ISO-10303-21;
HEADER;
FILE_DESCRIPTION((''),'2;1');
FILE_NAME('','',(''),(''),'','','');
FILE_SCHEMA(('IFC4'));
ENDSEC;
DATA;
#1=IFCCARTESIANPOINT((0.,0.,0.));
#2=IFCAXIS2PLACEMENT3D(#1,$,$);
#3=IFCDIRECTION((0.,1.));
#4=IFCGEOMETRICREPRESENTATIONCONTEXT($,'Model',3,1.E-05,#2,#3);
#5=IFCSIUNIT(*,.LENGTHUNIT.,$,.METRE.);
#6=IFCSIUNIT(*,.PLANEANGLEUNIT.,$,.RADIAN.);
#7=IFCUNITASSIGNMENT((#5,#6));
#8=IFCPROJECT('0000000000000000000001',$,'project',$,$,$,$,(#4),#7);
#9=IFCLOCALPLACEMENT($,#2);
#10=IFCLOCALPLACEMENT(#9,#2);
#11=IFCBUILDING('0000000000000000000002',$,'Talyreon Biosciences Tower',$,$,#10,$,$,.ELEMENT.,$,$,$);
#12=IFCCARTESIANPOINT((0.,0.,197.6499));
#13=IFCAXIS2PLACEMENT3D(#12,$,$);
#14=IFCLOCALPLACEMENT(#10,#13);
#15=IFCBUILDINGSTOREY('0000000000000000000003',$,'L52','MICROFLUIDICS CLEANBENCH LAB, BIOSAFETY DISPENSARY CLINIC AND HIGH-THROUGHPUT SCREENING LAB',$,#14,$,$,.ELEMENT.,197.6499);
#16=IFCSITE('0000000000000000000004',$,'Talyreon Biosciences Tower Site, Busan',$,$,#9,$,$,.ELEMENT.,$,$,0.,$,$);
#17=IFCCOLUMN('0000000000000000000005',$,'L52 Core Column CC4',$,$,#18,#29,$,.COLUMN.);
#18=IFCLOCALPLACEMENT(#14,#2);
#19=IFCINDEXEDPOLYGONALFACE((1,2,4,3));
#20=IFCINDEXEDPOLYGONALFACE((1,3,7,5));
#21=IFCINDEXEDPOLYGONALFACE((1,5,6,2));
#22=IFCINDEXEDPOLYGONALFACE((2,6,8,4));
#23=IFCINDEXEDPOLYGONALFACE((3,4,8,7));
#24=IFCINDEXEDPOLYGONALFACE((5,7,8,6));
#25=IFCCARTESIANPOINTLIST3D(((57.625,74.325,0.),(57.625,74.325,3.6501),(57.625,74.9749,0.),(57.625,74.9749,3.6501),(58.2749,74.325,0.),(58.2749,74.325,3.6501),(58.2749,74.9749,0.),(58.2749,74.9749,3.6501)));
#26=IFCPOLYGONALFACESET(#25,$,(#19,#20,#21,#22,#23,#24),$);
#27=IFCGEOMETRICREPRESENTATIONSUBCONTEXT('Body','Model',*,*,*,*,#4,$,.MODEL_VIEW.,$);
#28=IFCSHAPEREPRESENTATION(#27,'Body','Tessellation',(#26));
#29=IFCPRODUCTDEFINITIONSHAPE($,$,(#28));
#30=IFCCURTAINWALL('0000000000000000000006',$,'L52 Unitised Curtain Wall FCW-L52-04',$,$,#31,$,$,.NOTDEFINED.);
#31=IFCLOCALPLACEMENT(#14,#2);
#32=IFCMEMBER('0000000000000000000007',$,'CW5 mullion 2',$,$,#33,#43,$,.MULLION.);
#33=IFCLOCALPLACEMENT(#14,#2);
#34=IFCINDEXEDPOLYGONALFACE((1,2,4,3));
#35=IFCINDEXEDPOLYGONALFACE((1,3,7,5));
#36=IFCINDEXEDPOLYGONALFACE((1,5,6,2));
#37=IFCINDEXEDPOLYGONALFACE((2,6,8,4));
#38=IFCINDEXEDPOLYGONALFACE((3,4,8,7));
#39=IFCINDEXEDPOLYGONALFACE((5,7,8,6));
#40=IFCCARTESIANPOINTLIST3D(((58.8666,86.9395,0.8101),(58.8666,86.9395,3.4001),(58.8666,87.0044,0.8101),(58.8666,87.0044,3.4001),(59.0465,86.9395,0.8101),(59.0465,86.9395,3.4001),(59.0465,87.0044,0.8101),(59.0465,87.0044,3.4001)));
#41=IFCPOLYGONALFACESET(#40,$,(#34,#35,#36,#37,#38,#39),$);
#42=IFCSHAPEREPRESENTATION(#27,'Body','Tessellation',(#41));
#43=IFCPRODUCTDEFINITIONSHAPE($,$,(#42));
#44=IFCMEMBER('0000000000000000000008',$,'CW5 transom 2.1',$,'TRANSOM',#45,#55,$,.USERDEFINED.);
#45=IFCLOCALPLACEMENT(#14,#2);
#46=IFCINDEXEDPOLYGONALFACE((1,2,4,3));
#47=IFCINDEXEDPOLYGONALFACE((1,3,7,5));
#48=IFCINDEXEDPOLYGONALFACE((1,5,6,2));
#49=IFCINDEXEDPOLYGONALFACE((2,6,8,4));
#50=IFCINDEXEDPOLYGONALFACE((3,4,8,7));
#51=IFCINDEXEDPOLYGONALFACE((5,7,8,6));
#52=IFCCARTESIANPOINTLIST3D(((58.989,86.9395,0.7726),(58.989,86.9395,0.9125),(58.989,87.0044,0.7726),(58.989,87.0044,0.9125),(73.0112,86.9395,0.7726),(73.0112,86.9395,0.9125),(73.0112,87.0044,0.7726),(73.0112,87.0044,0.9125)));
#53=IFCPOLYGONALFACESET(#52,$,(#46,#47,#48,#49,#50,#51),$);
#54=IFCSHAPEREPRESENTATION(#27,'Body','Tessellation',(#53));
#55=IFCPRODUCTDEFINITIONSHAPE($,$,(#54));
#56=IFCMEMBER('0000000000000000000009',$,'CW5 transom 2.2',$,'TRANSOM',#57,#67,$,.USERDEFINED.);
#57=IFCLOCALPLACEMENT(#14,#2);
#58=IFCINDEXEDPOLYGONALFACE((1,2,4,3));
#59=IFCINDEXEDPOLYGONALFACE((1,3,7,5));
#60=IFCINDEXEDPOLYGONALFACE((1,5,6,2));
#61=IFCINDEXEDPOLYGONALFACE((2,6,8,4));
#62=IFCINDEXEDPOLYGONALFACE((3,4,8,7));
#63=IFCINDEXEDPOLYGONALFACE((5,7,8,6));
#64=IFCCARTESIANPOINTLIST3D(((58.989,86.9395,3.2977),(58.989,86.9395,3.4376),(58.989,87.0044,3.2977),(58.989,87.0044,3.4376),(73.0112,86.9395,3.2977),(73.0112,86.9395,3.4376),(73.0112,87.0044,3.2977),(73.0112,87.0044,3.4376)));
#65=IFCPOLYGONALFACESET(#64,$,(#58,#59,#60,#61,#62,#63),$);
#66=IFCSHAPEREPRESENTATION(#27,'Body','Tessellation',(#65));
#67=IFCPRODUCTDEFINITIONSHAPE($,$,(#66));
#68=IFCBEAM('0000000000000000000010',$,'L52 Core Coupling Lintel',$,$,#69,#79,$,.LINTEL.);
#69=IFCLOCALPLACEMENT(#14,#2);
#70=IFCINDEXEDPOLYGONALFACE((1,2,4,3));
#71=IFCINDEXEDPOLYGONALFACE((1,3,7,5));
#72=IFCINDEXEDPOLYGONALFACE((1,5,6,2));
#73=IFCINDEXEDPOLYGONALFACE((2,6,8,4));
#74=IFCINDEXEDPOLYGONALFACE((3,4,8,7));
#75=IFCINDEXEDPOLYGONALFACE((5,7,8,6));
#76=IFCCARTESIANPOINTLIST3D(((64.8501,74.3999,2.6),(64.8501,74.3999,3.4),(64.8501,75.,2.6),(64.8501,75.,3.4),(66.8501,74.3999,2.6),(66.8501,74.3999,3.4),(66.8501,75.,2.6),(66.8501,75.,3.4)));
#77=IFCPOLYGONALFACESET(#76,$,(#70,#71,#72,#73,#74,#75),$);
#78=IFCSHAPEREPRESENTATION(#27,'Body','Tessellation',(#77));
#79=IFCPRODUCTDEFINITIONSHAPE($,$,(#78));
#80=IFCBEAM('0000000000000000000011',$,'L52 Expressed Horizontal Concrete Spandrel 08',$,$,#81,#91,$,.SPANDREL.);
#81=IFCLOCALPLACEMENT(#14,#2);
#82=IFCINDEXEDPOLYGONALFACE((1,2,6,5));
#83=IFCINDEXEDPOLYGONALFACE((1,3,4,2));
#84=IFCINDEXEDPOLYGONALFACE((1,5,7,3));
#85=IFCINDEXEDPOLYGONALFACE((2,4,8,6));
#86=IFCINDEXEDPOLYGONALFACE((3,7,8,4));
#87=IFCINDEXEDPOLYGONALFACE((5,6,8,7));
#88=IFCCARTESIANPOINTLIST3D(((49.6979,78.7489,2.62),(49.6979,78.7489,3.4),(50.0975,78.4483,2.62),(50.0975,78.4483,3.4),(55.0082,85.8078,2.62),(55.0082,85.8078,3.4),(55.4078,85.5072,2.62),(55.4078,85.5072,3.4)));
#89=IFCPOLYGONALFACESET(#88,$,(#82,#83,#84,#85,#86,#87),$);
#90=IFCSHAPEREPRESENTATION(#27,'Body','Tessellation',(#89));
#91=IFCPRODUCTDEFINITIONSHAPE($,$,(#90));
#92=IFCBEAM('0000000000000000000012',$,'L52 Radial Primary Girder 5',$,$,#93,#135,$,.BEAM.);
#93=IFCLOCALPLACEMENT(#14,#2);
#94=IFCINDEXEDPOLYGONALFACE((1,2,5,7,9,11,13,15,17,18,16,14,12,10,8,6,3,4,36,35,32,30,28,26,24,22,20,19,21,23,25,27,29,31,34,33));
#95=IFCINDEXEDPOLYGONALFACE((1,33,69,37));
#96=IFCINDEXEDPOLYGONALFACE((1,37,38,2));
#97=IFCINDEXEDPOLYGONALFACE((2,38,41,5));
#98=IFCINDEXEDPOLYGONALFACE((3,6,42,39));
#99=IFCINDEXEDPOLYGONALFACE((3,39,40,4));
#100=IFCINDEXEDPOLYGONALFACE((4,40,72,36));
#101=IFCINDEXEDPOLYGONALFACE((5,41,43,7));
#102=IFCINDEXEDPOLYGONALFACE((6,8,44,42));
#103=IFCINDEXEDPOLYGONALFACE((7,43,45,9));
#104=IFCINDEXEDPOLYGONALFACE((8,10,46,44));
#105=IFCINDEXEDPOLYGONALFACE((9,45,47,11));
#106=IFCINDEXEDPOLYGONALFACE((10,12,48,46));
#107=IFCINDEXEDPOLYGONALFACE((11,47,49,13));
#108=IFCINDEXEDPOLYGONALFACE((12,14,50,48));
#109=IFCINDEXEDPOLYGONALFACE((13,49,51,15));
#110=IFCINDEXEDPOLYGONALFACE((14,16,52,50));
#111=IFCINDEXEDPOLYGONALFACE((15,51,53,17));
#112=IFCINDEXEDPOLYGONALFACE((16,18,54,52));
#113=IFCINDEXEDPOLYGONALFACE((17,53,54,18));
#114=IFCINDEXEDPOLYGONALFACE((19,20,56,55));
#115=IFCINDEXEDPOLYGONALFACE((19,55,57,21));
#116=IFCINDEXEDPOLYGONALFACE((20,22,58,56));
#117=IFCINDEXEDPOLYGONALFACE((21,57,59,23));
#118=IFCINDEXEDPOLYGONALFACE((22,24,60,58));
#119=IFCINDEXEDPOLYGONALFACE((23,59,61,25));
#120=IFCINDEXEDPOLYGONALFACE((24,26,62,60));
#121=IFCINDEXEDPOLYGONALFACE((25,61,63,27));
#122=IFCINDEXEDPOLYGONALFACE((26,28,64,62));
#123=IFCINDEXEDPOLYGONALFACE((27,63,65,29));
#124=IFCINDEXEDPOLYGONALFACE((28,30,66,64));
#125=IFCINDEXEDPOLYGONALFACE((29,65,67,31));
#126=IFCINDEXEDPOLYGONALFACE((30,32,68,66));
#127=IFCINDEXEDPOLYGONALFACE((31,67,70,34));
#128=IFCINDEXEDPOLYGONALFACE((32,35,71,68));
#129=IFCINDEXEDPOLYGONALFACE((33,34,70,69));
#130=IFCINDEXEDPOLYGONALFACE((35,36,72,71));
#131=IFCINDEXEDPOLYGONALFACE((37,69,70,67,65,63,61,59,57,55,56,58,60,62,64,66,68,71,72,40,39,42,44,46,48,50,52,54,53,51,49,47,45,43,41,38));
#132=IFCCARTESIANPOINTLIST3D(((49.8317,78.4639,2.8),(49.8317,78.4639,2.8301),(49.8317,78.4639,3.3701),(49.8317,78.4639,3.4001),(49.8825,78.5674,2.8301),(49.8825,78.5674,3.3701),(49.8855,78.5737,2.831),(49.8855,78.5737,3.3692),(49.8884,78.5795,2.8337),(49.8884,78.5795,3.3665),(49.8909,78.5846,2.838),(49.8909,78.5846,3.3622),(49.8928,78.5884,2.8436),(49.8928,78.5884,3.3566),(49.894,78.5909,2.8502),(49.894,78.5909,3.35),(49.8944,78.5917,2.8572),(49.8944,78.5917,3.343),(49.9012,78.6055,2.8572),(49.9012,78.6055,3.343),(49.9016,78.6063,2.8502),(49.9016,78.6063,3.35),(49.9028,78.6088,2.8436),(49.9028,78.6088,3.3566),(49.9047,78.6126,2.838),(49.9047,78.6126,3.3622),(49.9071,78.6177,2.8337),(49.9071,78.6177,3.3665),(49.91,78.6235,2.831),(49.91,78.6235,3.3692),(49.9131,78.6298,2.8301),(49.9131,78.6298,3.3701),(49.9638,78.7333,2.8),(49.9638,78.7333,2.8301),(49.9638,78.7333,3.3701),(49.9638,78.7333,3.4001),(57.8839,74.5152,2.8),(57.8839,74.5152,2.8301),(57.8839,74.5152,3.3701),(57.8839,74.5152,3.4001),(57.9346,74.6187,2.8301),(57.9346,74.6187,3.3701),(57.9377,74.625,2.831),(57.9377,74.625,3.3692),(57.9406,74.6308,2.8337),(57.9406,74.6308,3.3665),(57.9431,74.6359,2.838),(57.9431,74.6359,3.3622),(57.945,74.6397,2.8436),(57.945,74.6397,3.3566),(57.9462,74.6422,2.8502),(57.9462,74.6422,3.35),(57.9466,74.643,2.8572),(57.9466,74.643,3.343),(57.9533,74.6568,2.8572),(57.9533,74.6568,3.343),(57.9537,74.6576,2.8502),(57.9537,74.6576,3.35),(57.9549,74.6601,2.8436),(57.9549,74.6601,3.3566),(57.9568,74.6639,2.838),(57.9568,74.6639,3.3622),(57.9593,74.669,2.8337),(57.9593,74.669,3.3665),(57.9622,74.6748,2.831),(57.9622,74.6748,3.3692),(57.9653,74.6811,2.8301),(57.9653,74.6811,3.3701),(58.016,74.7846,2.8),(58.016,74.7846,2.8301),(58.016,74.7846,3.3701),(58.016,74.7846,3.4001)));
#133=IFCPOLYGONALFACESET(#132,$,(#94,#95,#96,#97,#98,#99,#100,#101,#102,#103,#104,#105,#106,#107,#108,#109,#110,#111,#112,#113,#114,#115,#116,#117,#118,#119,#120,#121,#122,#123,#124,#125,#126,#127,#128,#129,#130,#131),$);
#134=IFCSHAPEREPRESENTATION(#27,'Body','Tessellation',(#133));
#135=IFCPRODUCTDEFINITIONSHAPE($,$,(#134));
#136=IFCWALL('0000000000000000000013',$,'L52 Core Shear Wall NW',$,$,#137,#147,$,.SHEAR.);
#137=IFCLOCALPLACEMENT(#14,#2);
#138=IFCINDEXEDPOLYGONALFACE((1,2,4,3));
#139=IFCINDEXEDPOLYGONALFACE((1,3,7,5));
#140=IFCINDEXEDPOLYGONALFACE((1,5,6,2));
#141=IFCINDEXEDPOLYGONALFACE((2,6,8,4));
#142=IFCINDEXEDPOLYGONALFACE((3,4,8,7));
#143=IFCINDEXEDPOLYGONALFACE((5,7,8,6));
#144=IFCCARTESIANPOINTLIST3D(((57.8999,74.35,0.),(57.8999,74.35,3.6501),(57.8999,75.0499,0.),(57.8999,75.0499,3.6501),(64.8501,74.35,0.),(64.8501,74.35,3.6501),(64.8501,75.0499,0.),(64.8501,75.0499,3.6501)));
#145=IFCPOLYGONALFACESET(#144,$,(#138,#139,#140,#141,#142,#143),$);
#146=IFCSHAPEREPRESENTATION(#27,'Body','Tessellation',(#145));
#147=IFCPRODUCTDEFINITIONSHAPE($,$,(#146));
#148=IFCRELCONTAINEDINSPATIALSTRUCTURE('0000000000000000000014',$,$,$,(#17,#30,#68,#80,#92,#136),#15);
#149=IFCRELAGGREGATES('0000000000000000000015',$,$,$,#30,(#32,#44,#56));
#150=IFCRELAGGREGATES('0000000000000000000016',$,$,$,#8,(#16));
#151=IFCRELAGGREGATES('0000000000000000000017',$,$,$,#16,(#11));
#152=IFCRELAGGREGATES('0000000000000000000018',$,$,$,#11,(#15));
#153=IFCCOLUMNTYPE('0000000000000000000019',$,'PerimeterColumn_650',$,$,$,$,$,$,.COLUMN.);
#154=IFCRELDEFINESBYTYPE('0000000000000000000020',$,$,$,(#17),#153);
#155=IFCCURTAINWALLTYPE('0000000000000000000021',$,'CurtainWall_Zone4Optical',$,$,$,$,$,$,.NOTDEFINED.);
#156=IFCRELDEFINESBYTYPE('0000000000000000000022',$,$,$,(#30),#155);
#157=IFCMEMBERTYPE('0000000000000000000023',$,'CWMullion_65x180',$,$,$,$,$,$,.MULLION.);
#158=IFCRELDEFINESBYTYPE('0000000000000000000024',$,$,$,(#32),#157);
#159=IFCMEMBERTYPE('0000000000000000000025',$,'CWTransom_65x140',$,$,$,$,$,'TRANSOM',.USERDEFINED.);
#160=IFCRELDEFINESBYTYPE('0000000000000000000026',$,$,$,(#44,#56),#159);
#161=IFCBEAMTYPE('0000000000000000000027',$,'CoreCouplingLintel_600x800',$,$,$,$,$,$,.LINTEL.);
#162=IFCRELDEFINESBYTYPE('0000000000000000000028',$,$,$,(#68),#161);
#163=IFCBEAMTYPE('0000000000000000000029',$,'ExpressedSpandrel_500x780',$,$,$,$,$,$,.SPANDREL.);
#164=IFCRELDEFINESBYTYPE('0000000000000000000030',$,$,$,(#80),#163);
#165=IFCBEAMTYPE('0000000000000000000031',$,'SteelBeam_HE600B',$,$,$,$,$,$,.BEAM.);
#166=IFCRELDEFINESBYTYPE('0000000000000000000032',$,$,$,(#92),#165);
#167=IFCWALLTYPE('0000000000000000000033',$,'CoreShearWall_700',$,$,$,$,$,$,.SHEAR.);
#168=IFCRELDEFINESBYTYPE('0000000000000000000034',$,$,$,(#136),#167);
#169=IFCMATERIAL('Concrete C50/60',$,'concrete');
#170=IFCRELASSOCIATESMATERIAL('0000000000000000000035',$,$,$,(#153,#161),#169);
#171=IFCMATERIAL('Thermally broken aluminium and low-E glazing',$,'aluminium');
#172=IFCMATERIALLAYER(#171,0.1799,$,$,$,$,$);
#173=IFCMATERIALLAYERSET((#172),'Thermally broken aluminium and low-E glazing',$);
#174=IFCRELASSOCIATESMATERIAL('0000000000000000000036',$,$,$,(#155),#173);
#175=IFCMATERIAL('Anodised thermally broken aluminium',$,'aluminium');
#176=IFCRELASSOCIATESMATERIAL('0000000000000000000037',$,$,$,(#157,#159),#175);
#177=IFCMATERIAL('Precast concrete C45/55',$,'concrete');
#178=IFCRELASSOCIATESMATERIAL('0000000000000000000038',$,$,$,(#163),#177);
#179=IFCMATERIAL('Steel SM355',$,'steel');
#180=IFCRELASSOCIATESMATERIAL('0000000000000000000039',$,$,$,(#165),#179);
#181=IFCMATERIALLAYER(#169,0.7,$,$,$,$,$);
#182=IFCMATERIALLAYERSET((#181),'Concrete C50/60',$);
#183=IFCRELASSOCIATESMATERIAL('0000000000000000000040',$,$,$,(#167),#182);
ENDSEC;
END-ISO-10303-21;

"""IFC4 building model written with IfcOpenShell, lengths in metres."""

from ifc_helpers import new_model, si_unit, direction, frame, frame_2d, origin, origin_2d, place, context, subcontext, project, spatial, rectangle, i_section, extrude, material, layer, layer_set, material_profile, profile_set, type_object, element, aggregate, save


model = new_model("IFC4")

# Units and contexts
model_context = context("Model", 3, precision=1e-05, world=origin(), true_north=direction((0.0, 1.0)))
body_context = subcontext(model_context, "Body", "Model", "MODEL_VIEW")
ifc_project = project(units=[si_unit("LENGTHUNIT", "METRE"), si_unit("PLANEANGLEUNIT", "RADIAN")], contexts=[model_context])

# Site, building, storey
site_placement = place(None, origin())
site = spatial("IfcSite", under=ifc_project, at=site_placement, Name="Talyreon Biosciences Tower Site, Busan", CompositionType="ELEMENT", RefElevation=0.0)
building_placement = place(site_placement, origin())
building = spatial("IfcBuilding", under=site, at=building_placement, Name="Talyreon Biosciences Tower", CompositionType="ELEMENT")
storey_placement = place(building_placement, frame((0.0, 0.0, 197.6499)))
storey = spatial("IfcBuildingStorey", under=building, at=storey_placement, Name="L52", Description="MICROFLUIDICS CLEANBENCH LAB, BIOSAFETY DISPENSARY CLINIC AND HIGH-THROUGHPUT SCREENING LAB", CompositionType="ELEMENT", Elevation=197.6499)

# Column
ifc_material_1 = material(Name="Concrete C50/60", Category="concrete")
ifc_material_profile_1 = material_profile(ifc_material_1, rectangle(XDim=0.6499, YDim=0.6499, at=origin_2d()), Name="RC 650x650")
ifc_profile_set_1 = profile_set([ifc_material_profile_1], Name="Concrete C50/60")
column_type = type_object("IfcColumnType", Name="PerimeterColumn_650", PredefinedType="COLUMN", material=ifc_profile_set_1)
column_placement = place(storey_placement, frame((57.95, 74.6499, 0.0), z_axis=(0.0, 0.0, 1.0), x_axis=(1.0, 0.0, 0.0)))
element("IfcColumn", 1, at=column_placement, inside=storey, type_object=column_type, Name="L52 Core Column CC4", PredefinedType="COLUMN", context=body_context, shape_type="SweptSolid", body=[
    extrude(rectangle(XDim=0.6499, YDim=0.6499, at=origin_2d()), origin(), (0.0, 0.0, 1.0), 3.6501),
])

# Curtain wall, members
ifc_material_2 = material(Name="Thermally broken aluminium and low-E glazing", Category="aluminium")
ifc_layer_1 = layer(ifc_material_2, 0.1799)
ifc_layer_set_1 = layer_set([ifc_layer_1], Name="Thermally broken aluminium and low-E glazing")
curtain_wall_type = type_object("IfcCurtainWallType", Name="CurtainWall_Zone4Optical", PredefinedType="NOTDEFINED", material=ifc_layer_set_1)
curtain_wall_placement = place(storey_placement, origin())
curtain_wall = element("IfcCurtainWall", 2, at=curtain_wall_placement, inside=storey, type_object=curtain_wall_type, Name="L52 Unitised Curtain Wall FCW-L52-04", PredefinedType="NOTDEFINED")
ifc_material_3 = material(Name="Anodised thermally broken aluminium", Category="aluminium")
ifc_material_profile_2 = material_profile(ifc_material_3, rectangle(XDim=0.0649, YDim=0.1799, at=origin_2d()), Name="ALUM MULLION 65x180")
ifc_profile_set_2 = profile_set([ifc_material_profile_2], Name="Anodised thermally broken aluminium")
member_type_1 = type_object("IfcMemberType", Name="CWMullion_65x180", PredefinedType="MULLION", material=ifc_profile_set_2)
member_1_placement = place(storey_placement, frame((58.9565, 86.9719, 0.8101), z_axis=(0.0, 0.0, 1.0), x_axis=(0.0, 1.0, 0.0)))
member_1 = element("IfcMember", 3, at=member_1_placement, type_object=member_type_1, Name="CW5 mullion 2", PredefinedType="MULLION", context=body_context, shape_type="SweptSolid", body=[
    extrude(rectangle(XDim=0.0649, YDim=0.1799, at=origin_2d()), origin(), (0.0, 0.0, 1.0), 2.5901),
])
ifc_material_profile_3 = material_profile(ifc_material_3, rectangle(XDim=0.0649, YDim=0.1399, at=origin_2d()), Name="ALUM TRANSOM 65x140")
ifc_profile_set_3 = profile_set([ifc_material_profile_3], Name="Anodised thermally broken aluminium")
member_type_2 = type_object("IfcMemberType", Name="CWTransom_65x140", ElementType="TRANSOM", PredefinedType="USERDEFINED", material=ifc_profile_set_3)
member_2_placement = place(storey_placement, frame((58.989, 86.9719, 0.8425), z_axis=(1.0, 0.0, 0.0), x_axis=(0.0, 1.0, 0.0)))
member_2 = element("IfcMember", 4, at=member_2_placement, type_object=member_type_2, Name="CW5 transom 2.1", ObjectType="TRANSOM", PredefinedType="USERDEFINED", context=body_context, shape_type="SweptSolid", body=[
    extrude(rectangle(XDim=0.0649, YDim=0.1399, at=origin_2d()), origin(), (0.0, 0.0, 1.0), 14.0222),
])
member_3_placement = place(storey_placement, frame((58.989, 86.9719, 3.3677), z_axis=(1.0, 0.0, 0.0), x_axis=(0.0, 1.0, 0.0)))
member_3 = element("IfcMember", 5, at=member_3_placement, type_object=member_type_2, Name="CW5 transom 2.2", ObjectType="TRANSOM", PredefinedType="USERDEFINED", context=body_context, shape_type="SweptSolid", body=[
    extrude(rectangle(XDim=0.0649, YDim=0.1399, at=origin_2d()), origin(), (0.0, 0.0, 1.0), 14.0222),
])
aggregate(curtain_wall, [member_1, member_2, member_3])

# Beams
ifc_material_profile_4 = material_profile(ifc_material_1, rectangle(XDim=0.6001, YDim=0.8, at=origin_2d()), Name="RCB 600x800")
ifc_profile_set_4 = profile_set([ifc_material_profile_4], Name="Concrete C50/60")
beam_type_1 = type_object("IfcBeamType", Name="CoreCouplingLintel_600x800", PredefinedType="LINTEL", material=ifc_profile_set_4)
beam_1_placement = place(storey_placement, frame((64.8501, 74.7, 3.0), z_axis=(1.0, 0.0, 0.0), x_axis=(0.0, 1.0, 0.0)))
element("IfcBeam", 6, at=beam_1_placement, inside=storey, type_object=beam_type_1, Name="L52 Core Coupling Lintel", PredefinedType="LINTEL", context=body_context, shape_type="SweptSolid", body=[
    extrude(rectangle(XDim=0.6001, YDim=0.8, at=origin_2d()), origin(), (0.0, 0.0, 1.0), 2.0),
])
ifc_material_4 = material(Name="Precast concrete C45/55", Category="concrete")
ifc_material_profile_5 = material_profile(ifc_material_4, rectangle(XDim=0.5, YDim=0.78, at=origin_2d()), Name="RCB 500x780")
ifc_profile_set_5 = profile_set([ifc_material_profile_5], Name="Precast concrete C45/55")
beam_type_2 = type_object("IfcBeamType", Name="ExpressedSpandrel_500x780", PredefinedType="SPANDREL", material=ifc_profile_set_5)
beam_2_placement = place(storey_placement, frame((55.208, 85.6575, 3.01), z_axis=(-0.601171, -0.79912, 0.0), x_axis=(0.79912, -0.601171, 0.0)))
element("IfcBeam", 7, at=beam_2_placement, inside=storey, type_object=beam_type_2, Name="L52 Expressed Horizontal Concrete Spandrel 08", PredefinedType="SPANDREL", context=body_context, shape_type="SweptSolid", body=[
    extrude(rectangle(XDim=0.5, YDim=0.78, at=origin_2d()), origin(), (0.0, 0.0, 1.0), 8.8333),
])
ifc_material_5 = material(Name="Steel SM355", Category="steel")
ifc_material_profile_6 = material_profile(ifc_material_5, i_section(OverallWidth=0.3, OverallDepth=0.6001, WebThickness=0.0154, FlangeThickness=0.03, FilletRadius=0.0271, at=origin_2d()), Name="HE600B")
ifc_profile_set_6 = profile_set([ifc_material_profile_6], Name="Steel SM355")
beam_type_3 = type_object("IfcBeamType", Name="SteelBeam_HE600B", PredefinedType="BEAM", material=ifc_profile_set_6)
beam_3_placement = place(storey_placement, frame((57.95, 74.6499, 3.1001), z_axis=(-0.897852, 0.440297, 0.0), x_axis=(-0.440297, -0.897852, 0.0)))
element("IfcBeam", 8, at=beam_3_placement, inside=storey, type_object=beam_type_3, Name="L52 Radial Primary Girder 5", PredefinedType="BEAM", context=body_context, shape_type="SweptSolid", body=[
    extrude(i_section(OverallWidth=0.3, OverallDepth=0.6001, WebThickness=0.0154, FlangeThickness=0.03, FilletRadius=0.0271, at=origin_2d()), origin(), (0.0, 0.0, 1.0), 8.9683),
])

# Wall
ifc_layer_2 = layer(ifc_material_1, 0.7)
ifc_layer_set_2 = layer_set([ifc_layer_2], Name="Concrete C50/60")
wall_type_1 = type_object("IfcWallType", Name="CoreShearWall_700", PredefinedType="SHEAR", material=ifc_layer_set_2)
wall_1_placement = place(storey_placement, frame((64.8501, 74.7, 0.0), z_axis=(0.0, 0.0, 1.0), x_axis=(-1.0, 0.0, 0.0)))
element("IfcWall", 9, at=wall_1_placement, inside=storey, type_object=wall_type_1, Name="L52 Core Shear Wall NW", PredefinedType="SHEAR", context=body_context, shape_type="SweptSolid", body=[
    extrude(rectangle(XDim=6.9502, YDim=0.7, at=frame_2d((3.4751, 0.0))), origin(), (0.0, 0.0, 1.0), 3.6501),
])

save(model, "model.ifc")
